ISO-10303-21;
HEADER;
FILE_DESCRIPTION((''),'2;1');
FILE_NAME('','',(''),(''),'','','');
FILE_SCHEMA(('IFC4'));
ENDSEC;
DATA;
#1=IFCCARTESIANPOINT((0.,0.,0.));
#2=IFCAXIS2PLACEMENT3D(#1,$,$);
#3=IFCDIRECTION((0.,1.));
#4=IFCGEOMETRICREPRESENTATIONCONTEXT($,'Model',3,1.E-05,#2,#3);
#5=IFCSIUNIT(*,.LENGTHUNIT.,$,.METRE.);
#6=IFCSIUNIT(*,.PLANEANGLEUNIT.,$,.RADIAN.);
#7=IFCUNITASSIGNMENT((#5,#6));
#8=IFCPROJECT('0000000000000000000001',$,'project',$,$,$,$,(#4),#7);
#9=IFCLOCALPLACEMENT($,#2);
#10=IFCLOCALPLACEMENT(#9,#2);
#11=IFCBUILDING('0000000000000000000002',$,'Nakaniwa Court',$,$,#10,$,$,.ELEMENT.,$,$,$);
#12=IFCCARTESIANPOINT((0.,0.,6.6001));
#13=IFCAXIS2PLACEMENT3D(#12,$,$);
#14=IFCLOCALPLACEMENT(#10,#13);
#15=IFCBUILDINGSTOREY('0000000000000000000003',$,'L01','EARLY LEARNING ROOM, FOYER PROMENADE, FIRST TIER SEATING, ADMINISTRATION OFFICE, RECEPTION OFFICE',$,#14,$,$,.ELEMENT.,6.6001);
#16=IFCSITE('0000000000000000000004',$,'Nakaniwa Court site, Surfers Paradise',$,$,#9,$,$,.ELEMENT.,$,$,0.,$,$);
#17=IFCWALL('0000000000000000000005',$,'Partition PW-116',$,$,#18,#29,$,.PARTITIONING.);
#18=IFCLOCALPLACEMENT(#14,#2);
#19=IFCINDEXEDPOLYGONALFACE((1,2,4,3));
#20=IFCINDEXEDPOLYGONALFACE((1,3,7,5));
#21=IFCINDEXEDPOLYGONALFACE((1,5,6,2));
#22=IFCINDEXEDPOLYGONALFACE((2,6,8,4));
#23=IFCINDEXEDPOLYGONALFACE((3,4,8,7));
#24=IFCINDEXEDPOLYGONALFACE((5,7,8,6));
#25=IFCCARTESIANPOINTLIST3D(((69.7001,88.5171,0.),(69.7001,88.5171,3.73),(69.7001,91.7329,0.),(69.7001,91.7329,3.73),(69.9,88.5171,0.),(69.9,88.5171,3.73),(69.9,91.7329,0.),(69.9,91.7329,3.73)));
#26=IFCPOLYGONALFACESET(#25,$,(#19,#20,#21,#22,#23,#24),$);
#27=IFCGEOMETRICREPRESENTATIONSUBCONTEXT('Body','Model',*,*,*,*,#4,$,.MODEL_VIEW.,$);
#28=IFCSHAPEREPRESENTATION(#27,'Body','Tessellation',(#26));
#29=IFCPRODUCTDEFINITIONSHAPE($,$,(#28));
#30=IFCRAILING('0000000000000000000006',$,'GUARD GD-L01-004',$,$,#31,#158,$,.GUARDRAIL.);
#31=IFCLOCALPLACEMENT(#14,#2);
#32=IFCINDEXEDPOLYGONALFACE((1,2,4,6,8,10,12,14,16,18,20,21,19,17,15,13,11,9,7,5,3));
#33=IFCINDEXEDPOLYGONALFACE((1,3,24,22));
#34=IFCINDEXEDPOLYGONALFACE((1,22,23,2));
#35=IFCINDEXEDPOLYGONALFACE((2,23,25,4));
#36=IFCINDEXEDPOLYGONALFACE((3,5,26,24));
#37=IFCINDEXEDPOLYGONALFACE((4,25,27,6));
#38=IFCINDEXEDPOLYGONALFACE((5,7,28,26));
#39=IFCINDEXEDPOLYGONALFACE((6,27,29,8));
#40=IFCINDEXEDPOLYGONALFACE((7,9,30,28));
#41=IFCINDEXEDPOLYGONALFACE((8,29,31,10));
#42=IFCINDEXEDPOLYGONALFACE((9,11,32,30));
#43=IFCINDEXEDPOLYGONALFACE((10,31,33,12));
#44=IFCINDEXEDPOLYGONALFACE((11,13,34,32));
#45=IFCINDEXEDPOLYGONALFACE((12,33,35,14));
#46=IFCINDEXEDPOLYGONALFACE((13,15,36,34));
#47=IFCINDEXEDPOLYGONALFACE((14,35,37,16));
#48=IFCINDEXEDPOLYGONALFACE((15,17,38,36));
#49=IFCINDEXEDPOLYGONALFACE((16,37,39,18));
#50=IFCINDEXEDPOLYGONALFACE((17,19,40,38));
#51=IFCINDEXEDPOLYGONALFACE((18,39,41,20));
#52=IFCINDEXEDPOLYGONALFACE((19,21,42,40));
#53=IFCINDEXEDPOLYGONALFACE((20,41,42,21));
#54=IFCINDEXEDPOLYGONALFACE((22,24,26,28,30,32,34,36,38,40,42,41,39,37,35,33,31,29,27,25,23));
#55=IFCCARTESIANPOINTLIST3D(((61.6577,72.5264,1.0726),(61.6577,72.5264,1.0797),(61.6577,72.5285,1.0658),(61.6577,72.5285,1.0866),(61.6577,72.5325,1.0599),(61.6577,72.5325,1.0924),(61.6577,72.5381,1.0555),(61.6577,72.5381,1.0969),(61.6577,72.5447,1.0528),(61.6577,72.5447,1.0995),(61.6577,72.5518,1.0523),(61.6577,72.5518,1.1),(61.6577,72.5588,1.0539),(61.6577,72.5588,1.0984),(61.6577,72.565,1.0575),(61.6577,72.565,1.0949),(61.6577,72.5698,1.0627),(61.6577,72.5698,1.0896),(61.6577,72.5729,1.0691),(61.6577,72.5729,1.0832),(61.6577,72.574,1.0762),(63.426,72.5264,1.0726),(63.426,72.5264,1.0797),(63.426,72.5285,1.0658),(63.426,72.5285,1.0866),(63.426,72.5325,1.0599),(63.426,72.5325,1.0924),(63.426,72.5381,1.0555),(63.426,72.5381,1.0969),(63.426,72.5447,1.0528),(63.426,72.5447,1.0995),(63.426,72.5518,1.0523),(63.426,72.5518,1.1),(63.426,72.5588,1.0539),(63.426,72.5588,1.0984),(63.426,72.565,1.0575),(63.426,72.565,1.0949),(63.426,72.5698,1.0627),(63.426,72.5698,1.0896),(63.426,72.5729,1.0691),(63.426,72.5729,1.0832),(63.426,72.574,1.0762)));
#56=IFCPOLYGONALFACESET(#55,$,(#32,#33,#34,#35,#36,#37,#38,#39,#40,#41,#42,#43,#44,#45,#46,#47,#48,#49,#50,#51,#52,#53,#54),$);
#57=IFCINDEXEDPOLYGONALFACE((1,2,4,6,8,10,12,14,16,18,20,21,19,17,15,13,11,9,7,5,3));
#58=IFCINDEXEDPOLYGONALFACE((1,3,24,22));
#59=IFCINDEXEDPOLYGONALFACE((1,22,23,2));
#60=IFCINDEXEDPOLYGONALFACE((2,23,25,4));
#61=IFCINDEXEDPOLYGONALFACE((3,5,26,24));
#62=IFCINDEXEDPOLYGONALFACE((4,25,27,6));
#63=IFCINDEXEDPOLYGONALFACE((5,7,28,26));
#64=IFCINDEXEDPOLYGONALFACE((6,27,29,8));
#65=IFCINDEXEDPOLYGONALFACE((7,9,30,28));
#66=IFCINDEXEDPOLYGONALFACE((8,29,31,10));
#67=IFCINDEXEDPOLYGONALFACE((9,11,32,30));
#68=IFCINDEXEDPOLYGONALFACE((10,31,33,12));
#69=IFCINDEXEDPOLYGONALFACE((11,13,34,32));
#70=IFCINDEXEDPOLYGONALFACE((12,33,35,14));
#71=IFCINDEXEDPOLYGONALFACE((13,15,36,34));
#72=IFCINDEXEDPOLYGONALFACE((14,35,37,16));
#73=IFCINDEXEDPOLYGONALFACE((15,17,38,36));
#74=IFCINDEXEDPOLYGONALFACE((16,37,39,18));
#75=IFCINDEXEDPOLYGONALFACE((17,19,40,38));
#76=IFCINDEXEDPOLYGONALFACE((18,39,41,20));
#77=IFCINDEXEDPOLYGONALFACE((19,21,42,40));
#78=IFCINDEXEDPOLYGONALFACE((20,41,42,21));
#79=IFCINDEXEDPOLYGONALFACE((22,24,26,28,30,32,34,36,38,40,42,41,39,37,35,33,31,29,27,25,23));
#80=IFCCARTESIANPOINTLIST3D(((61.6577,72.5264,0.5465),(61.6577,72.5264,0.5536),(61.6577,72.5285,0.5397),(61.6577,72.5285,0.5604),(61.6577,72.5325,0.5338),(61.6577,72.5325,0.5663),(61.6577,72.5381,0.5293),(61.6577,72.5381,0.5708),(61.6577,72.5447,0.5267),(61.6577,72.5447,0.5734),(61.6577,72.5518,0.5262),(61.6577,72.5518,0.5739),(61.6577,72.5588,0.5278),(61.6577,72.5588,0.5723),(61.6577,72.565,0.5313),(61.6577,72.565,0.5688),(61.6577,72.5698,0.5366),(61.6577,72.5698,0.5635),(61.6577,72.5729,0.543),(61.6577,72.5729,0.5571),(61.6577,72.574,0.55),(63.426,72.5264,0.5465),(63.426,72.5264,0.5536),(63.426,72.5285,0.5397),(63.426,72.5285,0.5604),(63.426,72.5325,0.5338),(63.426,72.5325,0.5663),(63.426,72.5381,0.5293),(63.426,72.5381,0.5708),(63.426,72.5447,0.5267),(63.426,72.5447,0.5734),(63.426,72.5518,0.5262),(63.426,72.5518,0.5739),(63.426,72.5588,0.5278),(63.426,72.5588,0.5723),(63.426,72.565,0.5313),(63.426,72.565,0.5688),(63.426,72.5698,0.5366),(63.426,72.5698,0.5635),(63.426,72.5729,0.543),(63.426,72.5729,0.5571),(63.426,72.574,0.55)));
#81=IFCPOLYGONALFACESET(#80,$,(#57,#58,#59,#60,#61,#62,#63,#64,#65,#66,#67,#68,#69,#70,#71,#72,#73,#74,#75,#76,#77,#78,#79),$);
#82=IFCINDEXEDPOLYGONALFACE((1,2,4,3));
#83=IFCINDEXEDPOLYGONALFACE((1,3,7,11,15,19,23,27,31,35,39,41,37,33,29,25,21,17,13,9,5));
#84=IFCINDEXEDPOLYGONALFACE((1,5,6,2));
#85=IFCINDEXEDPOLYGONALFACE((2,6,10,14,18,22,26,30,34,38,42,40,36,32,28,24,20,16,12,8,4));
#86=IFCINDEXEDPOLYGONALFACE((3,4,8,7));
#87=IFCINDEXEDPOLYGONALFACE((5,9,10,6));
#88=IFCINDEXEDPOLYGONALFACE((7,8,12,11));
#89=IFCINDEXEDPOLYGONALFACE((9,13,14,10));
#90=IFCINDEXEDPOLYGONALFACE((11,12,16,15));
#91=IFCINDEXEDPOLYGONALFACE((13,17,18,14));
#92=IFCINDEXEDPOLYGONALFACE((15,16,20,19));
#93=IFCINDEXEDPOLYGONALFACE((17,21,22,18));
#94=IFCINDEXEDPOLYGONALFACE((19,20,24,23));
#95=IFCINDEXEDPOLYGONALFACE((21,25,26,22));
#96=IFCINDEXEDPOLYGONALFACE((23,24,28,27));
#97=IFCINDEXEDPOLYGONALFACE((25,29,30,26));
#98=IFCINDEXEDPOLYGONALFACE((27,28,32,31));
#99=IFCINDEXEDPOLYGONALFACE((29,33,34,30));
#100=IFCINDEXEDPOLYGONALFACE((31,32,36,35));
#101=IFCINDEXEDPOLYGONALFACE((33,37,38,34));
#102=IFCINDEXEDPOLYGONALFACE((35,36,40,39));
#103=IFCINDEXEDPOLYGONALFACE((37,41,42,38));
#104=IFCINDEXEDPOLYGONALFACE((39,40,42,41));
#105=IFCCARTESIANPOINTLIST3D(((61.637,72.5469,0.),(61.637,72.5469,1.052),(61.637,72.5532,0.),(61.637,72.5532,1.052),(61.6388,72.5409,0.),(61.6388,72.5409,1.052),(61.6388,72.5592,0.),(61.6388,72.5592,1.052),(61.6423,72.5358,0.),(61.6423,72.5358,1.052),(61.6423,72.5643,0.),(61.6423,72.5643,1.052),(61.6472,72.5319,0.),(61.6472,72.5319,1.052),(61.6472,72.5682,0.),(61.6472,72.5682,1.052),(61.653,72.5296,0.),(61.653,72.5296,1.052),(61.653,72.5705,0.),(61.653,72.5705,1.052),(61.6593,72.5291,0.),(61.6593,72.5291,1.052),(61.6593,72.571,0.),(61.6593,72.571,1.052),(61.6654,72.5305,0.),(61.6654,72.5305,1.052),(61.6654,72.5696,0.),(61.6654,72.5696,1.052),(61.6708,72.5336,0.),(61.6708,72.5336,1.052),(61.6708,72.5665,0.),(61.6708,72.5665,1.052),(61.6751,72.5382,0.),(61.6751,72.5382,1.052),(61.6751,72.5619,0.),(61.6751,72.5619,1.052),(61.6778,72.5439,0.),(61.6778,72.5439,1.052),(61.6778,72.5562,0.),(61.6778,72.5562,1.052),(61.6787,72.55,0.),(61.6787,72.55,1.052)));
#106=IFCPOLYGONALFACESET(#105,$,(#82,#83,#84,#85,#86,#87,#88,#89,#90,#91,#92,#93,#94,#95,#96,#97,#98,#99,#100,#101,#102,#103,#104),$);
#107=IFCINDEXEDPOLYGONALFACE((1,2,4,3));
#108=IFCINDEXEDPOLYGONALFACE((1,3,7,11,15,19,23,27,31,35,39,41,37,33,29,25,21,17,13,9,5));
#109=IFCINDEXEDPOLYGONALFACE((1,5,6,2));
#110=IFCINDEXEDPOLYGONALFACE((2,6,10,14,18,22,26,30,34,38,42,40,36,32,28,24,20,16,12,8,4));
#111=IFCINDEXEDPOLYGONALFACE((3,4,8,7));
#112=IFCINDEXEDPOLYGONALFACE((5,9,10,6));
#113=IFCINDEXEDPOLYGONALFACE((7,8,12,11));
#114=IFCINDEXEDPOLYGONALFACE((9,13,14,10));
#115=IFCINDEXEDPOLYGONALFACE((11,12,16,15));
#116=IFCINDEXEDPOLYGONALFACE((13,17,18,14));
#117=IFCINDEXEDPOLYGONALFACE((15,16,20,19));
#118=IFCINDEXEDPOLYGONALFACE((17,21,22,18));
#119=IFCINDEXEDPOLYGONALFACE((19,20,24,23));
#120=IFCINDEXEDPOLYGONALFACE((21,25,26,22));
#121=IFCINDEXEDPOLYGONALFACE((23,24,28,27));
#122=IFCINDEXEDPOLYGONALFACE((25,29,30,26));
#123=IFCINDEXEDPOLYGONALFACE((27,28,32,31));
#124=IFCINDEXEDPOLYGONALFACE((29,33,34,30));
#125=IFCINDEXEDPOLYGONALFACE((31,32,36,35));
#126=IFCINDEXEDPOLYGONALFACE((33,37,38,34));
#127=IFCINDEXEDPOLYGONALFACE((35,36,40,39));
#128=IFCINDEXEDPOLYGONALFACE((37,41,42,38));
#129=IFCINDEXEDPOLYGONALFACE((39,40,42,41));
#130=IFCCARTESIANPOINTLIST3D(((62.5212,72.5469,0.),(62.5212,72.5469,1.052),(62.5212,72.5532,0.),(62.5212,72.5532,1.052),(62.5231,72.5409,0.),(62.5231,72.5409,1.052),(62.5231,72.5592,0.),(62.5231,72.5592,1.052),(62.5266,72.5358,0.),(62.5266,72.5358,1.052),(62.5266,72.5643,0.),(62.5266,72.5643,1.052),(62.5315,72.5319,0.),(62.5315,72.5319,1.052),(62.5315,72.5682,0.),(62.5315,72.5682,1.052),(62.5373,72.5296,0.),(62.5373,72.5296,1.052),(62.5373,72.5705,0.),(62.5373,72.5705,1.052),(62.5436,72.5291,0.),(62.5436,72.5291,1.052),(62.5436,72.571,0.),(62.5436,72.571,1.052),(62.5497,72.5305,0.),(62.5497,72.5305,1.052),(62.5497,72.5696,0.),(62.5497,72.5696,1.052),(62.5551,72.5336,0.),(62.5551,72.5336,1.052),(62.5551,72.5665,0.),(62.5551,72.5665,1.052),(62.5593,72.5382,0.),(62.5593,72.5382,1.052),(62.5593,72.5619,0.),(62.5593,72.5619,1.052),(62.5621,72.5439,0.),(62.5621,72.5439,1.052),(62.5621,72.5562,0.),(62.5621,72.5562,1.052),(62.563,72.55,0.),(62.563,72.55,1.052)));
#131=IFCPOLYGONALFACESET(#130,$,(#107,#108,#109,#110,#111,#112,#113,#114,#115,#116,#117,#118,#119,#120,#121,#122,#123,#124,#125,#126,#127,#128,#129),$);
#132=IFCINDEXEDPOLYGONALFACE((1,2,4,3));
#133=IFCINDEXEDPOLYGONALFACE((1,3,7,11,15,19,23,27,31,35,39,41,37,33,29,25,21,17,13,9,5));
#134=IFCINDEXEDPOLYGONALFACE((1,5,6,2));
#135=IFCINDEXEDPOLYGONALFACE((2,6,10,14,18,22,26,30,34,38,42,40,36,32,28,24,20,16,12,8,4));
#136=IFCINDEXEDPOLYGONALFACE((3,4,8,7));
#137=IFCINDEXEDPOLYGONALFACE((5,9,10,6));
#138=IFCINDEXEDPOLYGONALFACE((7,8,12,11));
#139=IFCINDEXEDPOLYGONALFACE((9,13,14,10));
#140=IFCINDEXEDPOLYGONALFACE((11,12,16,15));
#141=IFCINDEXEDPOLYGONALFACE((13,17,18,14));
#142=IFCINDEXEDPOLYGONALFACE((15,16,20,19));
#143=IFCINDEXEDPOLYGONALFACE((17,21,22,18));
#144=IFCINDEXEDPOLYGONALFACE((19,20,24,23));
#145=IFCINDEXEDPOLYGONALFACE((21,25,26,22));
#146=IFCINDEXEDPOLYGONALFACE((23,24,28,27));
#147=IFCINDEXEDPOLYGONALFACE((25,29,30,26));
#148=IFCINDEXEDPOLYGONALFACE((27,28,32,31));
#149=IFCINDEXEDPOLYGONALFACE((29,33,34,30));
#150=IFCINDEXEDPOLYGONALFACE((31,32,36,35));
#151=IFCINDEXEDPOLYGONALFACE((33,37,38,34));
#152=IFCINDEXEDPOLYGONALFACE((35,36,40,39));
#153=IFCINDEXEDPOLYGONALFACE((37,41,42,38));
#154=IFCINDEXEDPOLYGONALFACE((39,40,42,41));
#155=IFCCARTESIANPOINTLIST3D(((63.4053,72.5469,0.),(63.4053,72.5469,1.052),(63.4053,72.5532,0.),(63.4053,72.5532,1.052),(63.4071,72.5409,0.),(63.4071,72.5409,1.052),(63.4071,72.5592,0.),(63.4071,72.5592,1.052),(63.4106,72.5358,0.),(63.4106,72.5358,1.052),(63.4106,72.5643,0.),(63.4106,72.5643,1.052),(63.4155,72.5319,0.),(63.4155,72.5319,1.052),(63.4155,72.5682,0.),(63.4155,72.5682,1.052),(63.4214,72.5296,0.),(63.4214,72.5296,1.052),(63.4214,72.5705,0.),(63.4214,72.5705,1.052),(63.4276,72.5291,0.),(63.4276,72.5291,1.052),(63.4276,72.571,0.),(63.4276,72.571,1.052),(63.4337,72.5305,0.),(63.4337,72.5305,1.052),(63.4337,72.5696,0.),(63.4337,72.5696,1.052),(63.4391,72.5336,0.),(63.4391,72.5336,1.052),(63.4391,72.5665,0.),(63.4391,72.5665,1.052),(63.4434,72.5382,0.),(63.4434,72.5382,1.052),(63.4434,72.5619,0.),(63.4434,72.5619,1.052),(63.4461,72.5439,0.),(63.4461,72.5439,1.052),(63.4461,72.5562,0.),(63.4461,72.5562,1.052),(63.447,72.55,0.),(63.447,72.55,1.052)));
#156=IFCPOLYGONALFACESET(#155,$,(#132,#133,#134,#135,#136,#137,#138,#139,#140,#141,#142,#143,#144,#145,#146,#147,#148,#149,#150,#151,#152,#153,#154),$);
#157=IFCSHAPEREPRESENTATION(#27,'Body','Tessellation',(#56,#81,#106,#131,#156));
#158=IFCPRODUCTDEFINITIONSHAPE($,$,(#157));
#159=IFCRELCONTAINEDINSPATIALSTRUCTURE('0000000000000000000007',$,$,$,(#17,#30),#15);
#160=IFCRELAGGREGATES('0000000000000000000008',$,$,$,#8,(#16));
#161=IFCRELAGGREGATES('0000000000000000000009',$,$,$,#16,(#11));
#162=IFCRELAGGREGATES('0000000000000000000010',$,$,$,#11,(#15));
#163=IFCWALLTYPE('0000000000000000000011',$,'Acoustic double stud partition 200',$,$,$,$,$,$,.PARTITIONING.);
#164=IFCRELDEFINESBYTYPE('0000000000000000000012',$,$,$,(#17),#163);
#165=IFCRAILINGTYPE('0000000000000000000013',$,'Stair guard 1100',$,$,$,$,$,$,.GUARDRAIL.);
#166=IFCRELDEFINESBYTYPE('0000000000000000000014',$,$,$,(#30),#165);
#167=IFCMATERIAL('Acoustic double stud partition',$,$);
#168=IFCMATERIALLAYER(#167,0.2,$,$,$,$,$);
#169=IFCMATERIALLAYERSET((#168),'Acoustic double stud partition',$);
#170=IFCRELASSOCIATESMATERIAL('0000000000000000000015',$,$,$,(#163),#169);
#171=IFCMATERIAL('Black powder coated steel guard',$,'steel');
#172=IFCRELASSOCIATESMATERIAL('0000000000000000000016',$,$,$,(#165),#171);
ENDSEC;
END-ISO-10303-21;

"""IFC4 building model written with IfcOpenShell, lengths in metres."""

from ifc_helpers import new_model, si_unit, direction, frame, frame_2d, origin, origin_2d, place, context, subcontext, project, spatial, rectangle, circle, extrude, material, layer, layer_set, type_object, element, save


model = new_model("IFC4")

# Units and contexts
model_context = context("Model", 3, precision=1e-05, world=origin(), true_north=direction((0.0, 1.0)))
body_context = subcontext(model_context, "Body", "Model", "MODEL_VIEW")
ifc_project = project(units=[si_unit("LENGTHUNIT", "METRE"), si_unit("PLANEANGLEUNIT", "RADIAN")], contexts=[model_context])

# Site, building, storey
site_placement = place(None, origin())
site = spatial("IfcSite", under=ifc_project, at=site_placement, Name="Nakaniwa Court site, Surfers Paradise", CompositionType="ELEMENT", RefElevation=0.0)
building_placement = place(site_placement, origin())
building = spatial("IfcBuilding", under=site, at=building_placement, Name="Nakaniwa Court", CompositionType="ELEMENT")
storey_placement = place(building_placement, frame((0.0, 0.0, 6.6001)))
storey = spatial("IfcBuildingStorey", under=building, at=storey_placement, Name="L01", Description="EARLY LEARNING ROOM, FOYER PROMENADE, FIRST TIER SEATING, ADMINISTRATION OFFICE, RECEPTION OFFICE", CompositionType="ELEMENT", Elevation=6.6001)

# Shared definitions
ifc_material_1 = material(Name="Acoustic double stud partition")
ifc_layer_1 = layer(ifc_material_1, 0.2)
ifc_layer_set_1 = layer_set([ifc_layer_1], Name="Acoustic double stud partition")
wall_type = type_object("IfcWallType", Name="Acoustic double stud partition 200", PredefinedType="PARTITIONING", material=ifc_layer_set_1)

# Wall
wall_1_placement = place(storey_placement, frame((69.8, 88.5171, 0.0), z_axis=(0.0, 0.0, 1.0), x_axis=(0.0, 1.0, 0.0)))
element("IfcWall", 1, at=wall_1_placement, inside=storey, type_object=wall_type, Name="Partition PW-116", PredefinedType="PARTITIONING", context=body_context, shape_type="SweptSolid", body=[
    extrude(rectangle(XDim=3.2158, YDim=0.2, at=frame_2d((1.6079, 0.0))), origin(), (0.0, 0.0, 1.0), 3.73),
])

# Railing
ifc_material_2 = material(Name="Black powder coated steel guard", Category="steel")
railing_type = type_object("IfcRailingType", Name="Stair guard 1100", PredefinedType="GUARDRAIL", material=ifc_material_2)
railing_1_placement = place(storey_placement, frame((61.6577, 72.55, 0.0)))
element("IfcRailing", 2, at=railing_1_placement, inside=storey, type_object=railing_type, Name="GUARD GD-L01-004", PredefinedType="GUARDRAIL", context=body_context, shape_type="SweptSolid", body=[
    extrude(circle(Radius=0.0239, at=origin_2d()), frame((0.0, 0.0, 1.0762), z_axis=(1.0, 0.0, 0.0), x_axis=(0.0, 1.0, 0.0)), (0.0, 0.0, 1.0), 1.7683),
    extrude(circle(Radius=0.0239, at=origin_2d()), frame((0.0, 0.0, 0.55), z_axis=(1.0, 0.0, 0.0), x_axis=(0.0, 1.0, 0.0)), (0.0, 0.0, 1.0), 1.7683),
    extrude(circle(Radius=0.021, at=origin_2d()), origin(), (0.0, 0.0, 1.0), 1.052),
    extrude(circle(Radius=0.021, at=origin_2d()), frame((0.8843, 0.0, 0.0)), (0.0, 0.0, 1.0), 1.052),
    extrude(circle(Radius=0.021, at=origin_2d()), frame((1.7683, 0.0, 0.0)), (0.0, 0.0, 1.0), 1.052),
])

save(model, "model.ifc")
